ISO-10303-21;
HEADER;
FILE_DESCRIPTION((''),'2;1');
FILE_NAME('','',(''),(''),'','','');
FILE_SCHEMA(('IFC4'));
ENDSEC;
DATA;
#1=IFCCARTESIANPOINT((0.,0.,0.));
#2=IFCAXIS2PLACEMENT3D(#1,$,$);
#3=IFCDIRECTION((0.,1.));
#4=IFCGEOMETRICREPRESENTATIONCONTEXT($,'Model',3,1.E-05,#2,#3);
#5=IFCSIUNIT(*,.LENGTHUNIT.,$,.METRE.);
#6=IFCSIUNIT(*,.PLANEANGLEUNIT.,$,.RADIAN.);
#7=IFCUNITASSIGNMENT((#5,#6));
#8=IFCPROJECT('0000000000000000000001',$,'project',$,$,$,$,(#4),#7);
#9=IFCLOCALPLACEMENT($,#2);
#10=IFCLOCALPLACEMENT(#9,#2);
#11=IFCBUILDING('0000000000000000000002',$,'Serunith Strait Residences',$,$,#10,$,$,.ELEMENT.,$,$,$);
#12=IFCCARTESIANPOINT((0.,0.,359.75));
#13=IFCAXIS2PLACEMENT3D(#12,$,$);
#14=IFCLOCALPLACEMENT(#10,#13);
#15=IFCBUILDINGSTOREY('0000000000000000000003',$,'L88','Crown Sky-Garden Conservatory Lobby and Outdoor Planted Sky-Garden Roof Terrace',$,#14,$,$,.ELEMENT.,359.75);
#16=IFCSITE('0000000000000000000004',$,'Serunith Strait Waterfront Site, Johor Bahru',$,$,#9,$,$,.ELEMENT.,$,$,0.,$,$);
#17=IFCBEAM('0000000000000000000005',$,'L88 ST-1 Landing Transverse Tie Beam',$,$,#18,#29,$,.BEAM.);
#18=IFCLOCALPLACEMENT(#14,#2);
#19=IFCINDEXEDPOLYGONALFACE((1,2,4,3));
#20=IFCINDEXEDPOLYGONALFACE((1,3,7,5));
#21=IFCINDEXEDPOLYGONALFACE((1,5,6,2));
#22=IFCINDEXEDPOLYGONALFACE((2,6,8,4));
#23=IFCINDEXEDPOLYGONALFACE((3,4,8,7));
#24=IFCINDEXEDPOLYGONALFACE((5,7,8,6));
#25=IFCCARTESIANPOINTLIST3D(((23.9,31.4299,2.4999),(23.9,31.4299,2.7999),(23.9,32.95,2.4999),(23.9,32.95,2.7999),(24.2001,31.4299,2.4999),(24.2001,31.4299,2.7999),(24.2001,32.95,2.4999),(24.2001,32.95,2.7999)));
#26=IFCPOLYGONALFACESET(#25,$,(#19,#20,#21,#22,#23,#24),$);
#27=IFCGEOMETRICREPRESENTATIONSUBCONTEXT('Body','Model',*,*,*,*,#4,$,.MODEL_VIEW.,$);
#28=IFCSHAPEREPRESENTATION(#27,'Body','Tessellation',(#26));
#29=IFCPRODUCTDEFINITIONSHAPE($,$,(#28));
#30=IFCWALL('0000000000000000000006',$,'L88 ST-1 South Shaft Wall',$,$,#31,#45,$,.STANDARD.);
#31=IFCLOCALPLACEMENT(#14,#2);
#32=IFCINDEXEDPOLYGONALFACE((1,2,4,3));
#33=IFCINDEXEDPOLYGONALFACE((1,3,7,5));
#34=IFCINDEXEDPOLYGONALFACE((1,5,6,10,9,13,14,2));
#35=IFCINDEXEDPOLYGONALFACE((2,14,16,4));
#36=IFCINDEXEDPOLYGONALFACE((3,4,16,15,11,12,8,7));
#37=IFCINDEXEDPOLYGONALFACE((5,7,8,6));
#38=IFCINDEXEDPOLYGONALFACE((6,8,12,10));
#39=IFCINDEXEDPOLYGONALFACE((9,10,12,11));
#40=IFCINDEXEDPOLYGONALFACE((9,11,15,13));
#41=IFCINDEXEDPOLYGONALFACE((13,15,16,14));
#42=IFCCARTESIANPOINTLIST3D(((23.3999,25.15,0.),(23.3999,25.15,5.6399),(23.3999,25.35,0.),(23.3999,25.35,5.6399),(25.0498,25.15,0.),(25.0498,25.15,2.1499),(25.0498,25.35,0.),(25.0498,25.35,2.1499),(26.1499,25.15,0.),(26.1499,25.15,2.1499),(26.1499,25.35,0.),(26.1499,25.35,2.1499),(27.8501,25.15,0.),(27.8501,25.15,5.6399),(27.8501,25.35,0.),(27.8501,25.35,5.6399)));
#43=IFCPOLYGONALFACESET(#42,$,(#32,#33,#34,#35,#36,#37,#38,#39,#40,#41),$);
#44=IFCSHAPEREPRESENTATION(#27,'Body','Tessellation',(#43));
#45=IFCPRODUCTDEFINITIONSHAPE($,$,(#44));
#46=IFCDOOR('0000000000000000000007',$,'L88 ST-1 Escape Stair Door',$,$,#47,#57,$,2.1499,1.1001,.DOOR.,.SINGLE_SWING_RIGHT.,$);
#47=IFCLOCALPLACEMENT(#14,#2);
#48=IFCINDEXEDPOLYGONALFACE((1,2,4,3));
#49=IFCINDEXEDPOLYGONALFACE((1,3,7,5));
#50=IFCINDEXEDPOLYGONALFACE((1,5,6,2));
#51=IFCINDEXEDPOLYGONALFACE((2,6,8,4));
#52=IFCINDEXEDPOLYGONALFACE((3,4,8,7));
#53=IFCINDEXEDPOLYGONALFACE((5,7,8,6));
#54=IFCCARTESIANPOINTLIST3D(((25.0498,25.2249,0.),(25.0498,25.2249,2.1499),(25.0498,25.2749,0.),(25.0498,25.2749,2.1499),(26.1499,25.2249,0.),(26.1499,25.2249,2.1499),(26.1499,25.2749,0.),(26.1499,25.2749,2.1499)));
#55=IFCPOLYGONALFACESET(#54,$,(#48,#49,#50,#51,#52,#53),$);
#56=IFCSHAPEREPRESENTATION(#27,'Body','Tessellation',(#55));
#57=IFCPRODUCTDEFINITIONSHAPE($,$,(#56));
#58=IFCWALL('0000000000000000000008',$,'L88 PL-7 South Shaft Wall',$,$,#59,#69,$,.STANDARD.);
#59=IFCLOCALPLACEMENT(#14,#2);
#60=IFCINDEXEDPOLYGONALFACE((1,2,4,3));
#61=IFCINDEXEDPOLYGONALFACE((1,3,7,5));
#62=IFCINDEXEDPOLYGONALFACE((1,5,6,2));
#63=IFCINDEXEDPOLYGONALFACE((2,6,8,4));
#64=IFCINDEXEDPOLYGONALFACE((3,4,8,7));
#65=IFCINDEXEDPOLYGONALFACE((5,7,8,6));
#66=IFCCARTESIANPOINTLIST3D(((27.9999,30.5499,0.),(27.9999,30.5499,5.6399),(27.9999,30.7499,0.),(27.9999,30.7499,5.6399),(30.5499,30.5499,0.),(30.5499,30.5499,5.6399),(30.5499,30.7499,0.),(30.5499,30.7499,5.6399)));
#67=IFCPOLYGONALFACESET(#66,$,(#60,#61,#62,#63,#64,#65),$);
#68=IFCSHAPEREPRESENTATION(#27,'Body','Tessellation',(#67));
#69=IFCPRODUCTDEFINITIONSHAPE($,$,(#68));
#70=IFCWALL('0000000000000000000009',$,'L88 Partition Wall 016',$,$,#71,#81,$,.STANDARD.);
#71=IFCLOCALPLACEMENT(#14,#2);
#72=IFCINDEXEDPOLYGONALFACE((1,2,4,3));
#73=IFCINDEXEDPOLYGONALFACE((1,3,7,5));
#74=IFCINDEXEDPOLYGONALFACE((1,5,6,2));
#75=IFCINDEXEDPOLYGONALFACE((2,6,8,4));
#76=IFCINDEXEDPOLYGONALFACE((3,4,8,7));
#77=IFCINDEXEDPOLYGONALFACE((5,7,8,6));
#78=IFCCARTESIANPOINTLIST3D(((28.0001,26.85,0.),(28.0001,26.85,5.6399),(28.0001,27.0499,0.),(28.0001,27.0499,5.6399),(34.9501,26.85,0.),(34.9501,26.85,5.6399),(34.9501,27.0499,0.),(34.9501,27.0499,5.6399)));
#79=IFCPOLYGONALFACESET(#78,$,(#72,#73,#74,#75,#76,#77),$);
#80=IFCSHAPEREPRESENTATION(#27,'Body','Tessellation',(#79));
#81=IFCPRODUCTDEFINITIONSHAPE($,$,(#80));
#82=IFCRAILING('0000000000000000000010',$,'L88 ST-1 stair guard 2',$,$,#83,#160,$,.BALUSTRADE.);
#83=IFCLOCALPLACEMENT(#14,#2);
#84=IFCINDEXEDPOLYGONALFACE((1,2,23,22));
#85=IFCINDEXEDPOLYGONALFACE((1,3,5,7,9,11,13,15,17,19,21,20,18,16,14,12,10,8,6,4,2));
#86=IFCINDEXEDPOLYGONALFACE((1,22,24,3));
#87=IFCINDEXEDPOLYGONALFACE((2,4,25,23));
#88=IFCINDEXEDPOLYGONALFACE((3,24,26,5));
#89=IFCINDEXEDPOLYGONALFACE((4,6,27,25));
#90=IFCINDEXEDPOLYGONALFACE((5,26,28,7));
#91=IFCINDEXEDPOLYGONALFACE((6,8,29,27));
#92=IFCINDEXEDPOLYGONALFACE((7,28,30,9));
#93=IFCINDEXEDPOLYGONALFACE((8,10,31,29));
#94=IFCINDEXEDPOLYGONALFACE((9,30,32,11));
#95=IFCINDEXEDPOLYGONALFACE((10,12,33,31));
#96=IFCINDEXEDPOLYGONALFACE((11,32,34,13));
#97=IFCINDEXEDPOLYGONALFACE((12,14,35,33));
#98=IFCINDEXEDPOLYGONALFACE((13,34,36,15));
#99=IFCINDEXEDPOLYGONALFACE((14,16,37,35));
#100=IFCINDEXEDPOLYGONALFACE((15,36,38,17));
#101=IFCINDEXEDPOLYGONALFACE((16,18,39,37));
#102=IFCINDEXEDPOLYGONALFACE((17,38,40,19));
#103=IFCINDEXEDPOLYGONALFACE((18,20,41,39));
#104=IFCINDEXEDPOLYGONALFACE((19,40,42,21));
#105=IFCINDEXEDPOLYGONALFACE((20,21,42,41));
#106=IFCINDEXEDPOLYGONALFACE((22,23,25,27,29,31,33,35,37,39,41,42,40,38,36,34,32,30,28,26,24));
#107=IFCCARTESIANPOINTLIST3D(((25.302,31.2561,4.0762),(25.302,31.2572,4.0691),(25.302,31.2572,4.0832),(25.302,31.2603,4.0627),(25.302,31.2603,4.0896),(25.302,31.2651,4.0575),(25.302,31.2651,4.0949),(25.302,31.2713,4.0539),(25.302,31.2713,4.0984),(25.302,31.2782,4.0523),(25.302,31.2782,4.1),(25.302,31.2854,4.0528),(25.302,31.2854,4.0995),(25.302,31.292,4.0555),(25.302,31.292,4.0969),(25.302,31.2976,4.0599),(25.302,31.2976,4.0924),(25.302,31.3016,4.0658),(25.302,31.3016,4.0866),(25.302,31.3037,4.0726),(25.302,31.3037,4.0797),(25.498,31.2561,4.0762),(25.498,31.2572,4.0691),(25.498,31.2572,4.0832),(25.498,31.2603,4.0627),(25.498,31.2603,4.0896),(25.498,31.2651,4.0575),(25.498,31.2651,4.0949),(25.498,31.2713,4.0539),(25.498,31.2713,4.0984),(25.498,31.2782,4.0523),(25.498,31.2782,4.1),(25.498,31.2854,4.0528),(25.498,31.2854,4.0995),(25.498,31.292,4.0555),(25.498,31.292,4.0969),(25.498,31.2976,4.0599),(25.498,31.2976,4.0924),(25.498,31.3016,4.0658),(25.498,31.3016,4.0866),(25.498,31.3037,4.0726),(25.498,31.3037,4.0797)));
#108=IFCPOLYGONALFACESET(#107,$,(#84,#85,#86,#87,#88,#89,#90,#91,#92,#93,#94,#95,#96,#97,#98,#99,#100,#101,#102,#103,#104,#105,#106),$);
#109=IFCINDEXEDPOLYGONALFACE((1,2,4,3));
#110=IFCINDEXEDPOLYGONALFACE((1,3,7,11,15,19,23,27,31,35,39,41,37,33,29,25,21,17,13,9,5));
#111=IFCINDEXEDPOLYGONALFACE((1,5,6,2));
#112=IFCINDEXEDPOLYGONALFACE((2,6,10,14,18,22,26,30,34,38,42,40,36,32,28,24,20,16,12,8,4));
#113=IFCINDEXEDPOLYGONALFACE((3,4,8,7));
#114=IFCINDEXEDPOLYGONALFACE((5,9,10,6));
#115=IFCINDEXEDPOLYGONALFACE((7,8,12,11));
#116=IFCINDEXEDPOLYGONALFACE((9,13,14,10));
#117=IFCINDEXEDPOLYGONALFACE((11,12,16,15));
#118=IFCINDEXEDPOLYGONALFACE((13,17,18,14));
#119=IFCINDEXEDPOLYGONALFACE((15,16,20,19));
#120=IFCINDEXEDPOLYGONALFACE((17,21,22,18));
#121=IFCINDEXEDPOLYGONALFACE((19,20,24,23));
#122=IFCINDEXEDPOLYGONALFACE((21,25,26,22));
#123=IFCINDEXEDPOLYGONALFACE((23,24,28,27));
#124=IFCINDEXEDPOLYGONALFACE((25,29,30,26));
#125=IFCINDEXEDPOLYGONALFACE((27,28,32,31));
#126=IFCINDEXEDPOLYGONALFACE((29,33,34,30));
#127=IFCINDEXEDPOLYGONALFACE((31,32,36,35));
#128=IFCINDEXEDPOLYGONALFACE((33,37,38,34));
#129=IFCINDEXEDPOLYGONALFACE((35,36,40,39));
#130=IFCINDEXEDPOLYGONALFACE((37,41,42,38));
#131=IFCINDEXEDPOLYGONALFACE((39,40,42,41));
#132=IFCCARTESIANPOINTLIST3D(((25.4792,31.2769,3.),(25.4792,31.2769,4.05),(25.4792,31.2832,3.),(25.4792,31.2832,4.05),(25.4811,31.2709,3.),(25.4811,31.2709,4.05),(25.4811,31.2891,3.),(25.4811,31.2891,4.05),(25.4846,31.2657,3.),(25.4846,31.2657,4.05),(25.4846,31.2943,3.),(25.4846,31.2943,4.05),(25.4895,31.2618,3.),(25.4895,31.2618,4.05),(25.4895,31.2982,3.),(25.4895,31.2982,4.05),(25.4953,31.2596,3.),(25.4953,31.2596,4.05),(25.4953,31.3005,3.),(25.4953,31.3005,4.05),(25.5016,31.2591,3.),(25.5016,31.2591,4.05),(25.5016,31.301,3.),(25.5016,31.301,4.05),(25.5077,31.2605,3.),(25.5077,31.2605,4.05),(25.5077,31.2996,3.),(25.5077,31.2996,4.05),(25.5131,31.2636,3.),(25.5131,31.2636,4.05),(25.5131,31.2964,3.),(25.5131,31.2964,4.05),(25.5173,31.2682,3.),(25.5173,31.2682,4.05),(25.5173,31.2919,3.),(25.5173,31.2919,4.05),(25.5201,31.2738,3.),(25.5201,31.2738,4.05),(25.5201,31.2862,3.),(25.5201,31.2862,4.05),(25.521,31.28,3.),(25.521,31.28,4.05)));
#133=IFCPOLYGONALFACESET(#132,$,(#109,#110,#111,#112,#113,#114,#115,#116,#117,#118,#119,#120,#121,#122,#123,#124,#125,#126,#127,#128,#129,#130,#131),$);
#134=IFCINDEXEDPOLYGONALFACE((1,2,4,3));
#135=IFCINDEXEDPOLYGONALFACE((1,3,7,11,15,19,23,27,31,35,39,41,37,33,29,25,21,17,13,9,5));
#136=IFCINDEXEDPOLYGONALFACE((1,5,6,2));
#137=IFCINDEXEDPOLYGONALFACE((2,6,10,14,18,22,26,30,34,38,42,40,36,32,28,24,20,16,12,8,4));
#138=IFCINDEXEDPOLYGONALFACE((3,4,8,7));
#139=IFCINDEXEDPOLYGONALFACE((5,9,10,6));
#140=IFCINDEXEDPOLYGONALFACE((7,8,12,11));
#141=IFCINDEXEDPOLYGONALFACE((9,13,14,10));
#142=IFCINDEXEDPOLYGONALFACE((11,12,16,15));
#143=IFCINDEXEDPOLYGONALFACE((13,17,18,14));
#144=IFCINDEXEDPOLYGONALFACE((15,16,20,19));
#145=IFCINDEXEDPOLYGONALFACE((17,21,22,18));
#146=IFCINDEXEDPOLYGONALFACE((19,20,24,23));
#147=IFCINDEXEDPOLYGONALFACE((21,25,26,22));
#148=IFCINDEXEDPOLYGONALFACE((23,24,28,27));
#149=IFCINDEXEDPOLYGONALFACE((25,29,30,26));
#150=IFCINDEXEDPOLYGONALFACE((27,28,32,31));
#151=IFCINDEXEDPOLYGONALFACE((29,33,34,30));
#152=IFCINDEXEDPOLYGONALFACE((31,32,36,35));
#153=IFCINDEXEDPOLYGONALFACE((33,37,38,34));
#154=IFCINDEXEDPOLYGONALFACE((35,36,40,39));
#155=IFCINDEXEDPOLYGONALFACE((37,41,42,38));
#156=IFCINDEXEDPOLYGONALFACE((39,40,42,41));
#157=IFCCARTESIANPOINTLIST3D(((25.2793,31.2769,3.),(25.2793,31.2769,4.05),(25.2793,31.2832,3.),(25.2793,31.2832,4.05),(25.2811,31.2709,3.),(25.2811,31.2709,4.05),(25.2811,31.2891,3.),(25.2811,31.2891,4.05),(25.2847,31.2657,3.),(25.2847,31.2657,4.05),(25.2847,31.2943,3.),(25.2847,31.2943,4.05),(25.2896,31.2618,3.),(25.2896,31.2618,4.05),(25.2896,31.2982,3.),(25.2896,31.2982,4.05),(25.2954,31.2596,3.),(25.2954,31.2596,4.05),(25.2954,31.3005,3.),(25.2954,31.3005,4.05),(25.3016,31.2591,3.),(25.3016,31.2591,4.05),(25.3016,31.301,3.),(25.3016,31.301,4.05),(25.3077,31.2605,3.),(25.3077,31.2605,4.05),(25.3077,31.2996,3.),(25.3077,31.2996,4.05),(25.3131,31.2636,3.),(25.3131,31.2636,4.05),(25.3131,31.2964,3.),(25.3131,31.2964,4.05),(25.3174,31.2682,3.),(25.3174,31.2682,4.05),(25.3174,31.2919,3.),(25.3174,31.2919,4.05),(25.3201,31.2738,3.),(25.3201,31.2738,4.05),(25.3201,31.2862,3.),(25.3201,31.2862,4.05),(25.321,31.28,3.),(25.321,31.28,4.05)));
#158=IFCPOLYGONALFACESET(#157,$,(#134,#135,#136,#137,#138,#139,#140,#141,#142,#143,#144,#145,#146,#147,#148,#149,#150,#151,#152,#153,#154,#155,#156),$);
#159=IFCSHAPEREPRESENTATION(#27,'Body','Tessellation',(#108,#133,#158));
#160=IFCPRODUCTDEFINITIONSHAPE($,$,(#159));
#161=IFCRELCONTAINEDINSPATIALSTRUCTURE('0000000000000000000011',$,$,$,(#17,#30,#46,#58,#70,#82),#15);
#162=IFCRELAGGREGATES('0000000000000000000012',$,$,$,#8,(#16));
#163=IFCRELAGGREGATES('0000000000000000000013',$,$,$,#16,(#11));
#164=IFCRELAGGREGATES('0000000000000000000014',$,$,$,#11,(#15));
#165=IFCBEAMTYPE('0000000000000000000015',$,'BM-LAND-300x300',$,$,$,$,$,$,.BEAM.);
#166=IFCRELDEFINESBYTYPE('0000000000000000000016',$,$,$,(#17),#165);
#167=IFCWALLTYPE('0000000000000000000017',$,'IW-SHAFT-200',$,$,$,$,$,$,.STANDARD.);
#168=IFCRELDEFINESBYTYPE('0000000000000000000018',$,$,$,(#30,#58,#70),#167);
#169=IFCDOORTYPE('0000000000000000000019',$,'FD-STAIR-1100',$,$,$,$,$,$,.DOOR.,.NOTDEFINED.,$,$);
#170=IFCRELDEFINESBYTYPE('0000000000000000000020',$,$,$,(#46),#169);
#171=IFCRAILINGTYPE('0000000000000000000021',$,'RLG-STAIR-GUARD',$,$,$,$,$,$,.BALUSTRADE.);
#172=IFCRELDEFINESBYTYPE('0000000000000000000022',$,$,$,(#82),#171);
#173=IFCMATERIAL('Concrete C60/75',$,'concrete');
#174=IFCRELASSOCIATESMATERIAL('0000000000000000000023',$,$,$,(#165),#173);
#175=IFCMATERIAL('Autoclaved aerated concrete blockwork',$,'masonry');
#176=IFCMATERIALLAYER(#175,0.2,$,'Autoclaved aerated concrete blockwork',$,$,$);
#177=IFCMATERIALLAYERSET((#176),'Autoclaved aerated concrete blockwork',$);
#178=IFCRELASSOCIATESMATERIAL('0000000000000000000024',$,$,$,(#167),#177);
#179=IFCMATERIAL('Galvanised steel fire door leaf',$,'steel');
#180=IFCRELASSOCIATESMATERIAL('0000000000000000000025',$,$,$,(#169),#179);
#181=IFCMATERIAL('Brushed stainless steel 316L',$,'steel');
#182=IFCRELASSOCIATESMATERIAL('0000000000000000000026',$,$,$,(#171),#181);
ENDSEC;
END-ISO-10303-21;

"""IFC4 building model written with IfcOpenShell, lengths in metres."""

from ifc_helpers import new_model, si_unit, direction, frame, frame_2d, origin, origin_2d, place, context, subcontext, project, spatial, rectangle, circle, extrude, source, transform, mapped, material, layer, layer_set, material_profile, profile_set, type_object, element, fill, save


model = new_model("IFC4")

# Units and contexts
model_context = context("Model", 3, precision=1e-05, world=origin(), true_north=direction((0.0, 1.0)))
body_context = subcontext(model_context, "Body", "Model", "MODEL_VIEW")
ifc_project = project(units=[si_unit("LENGTHUNIT", "METRE"), si_unit("PLANEANGLEUNIT", "RADIAN")], contexts=[model_context])

# Site, building, storey
site_placement = place(None, origin())
site = spatial("IfcSite", under=ifc_project, at=site_placement, Name="Serunith Strait Waterfront Site, Johor Bahru", CompositionType="ELEMENT", RefElevation=0.0)
building_placement = place(site_placement, origin())
building = spatial("IfcBuilding", under=site, at=building_placement, Name="Serunith Strait Residences", CompositionType="ELEMENT")
storey_placement = place(building_placement, frame((0.0, 0.0, 359.75)))
storey = spatial("IfcBuildingStorey", under=building, at=storey_placement, Name="L88", Description="Crown Sky-Garden Conservatory Lobby and Outdoor Planted Sky-Garden Roof Terrace", CompositionType="ELEMENT", Elevation=359.75)

# Shared definitions
ifc_material_1 = material(Name="Concrete C60/75", Category="concrete")

# Beam
ifc_material_profile_1 = material_profile(ifc_material_1, rectangle(XDim=0.3, YDim=0.3, at=origin_2d()), Name="RC 300x300")
ifc_profile_set_1 = profile_set([ifc_material_profile_1], Name="Concrete C60/75")
beam_type_1 = type_object("IfcBeamType", Name="BM-LAND-300x300", PredefinedType="BEAM", material=ifc_profile_set_1)
shared_shape_1 = source(origin(), body_context, "Body", "SweptSolid", [
    extrude(rectangle(XDim=0.3, YDim=0.3, at=origin_2d()), origin(), (0.0, 0.0, 1.0), 1.52),
])
beam_1_placement = place(storey_placement, frame((24.05, 31.4299, 2.6499), z_axis=(0.0, 1.0, 0.0), x_axis=(-1.0, 0.0, 0.0)))
element("IfcBeam", 1, at=beam_1_placement, inside=storey, type_object=beam_type_1, Name="L88 ST-1 Landing Transverse Tie Beam", PredefinedType="BEAM", context=body_context, shape_type="MappedRepresentation", body=[
    mapped(shared_shape_1, transform((0.0, 0.0, 0.0), scale=1.0)),
])

# Wall, opening, door
ifc_material_2 = material(Name="Autoclaved aerated concrete blockwork", Category="masonry")
ifc_layer = layer(ifc_material_2, 0.2, Name="Autoclaved aerated concrete blockwork")
ifc_layer_set = layer_set([ifc_layer], Name="Autoclaved aerated concrete blockwork")
wall_type = type_object("IfcWallType", Name="IW-SHAFT-200", PredefinedType="STANDARD", material=ifc_layer_set)
wall_1_placement = place(storey_placement, frame((23.3999, 25.25, 0.0), z_axis=(0.0, 0.0, 1.0), x_axis=(1.0, 0.0, 0.0)))
wall_1 = element("IfcWall", 2, at=wall_1_placement, inside=storey, type_object=wall_type, Name="L88 ST-1 South Shaft Wall", PredefinedType="STANDARD", context=body_context, shape_type="SweptSolid", body=[
    extrude(rectangle(XDim=4.4502, YDim=0.2, at=frame_2d((2.2251, 0.0))), origin(), (0.0, 0.0, 1.0), 5.6399),
])
opening_placement = place(wall_1_placement, frame((1.6499, 0.0, 0.0)))
opening = element("IfcOpeningElement", 3, at=opening_placement, cuts=wall_1, PredefinedType="OPENING", context=body_context, shape_type="SweptSolid", body=[
    extrude(rectangle(XDim=1.1001, YDim=2.1499, at=frame_2d((0.55, 1.075))), frame((0.0, 0.1099, 0.0), z_axis=(0.0, -1.0, 0.0), x_axis=(1.0, 0.0, 0.0)), (0.0, 0.0, 1.0), 0.22),
])
ifc_material_3 = material(Name="Galvanised steel fire door leaf", Category="steel")
door_type = type_object("IfcDoorType", Name="FD-STAIR-1100", OperationType="NOTDEFINED", PredefinedType="DOOR", material=ifc_material_3)
shared_shape_2 = source(origin(), body_context, "Body", "SweptSolid", [
    extrude(rectangle(XDim=1.1001, YDim=2.1499, at=frame_2d((0.55, 1.075))), frame((0.0, 0.0249, 0.0), z_axis=(0.0, -1.0, 0.0), x_axis=(1.0, 0.0, 0.0)), (0.0, 0.0, 1.0), 0.05),
])
door_placement = place(opening_placement, origin())
door = element("IfcDoor", 4, at=door_placement, inside=storey, type_object=door_type, Name="L88 ST-1 Escape Stair Door", OperationType="SINGLE_SWING_RIGHT", OverallHeight=2.1499, OverallWidth=1.1001, PredefinedType="DOOR", context=body_context, shape_type="MappedRepresentation", body=[
    mapped(shared_shape_2, transform((0.0, 0.0, 0.0), scale=1.0)),
])
fill(opening, door)

# Walls
wall_2_placement = place(storey_placement, frame((28.0, 30.6499, 0.0), z_axis=(0.0, 0.0, 1.0), x_axis=(1.0, 0.0, 0.0)))
element("IfcWall", 5, at=wall_2_placement, inside=storey, type_object=wall_type, Name="L88 PL-7 South Shaft Wall", PredefinedType="STANDARD", context=body_context, shape_type="SweptSolid", body=[
    extrude(rectangle(XDim=2.55, YDim=0.2, at=frame_2d((1.2749, 0.0))), origin(), (0.0, 0.0, 1.0), 5.6399),
])
wall_3_placement = place(storey_placement, frame((28.0, 26.95, 0.0), z_axis=(0.0, 0.0, 1.0), x_axis=(1.0, 0.0, 0.0)))
element("IfcWall", 6, at=wall_3_placement, inside=storey, type_object=wall_type, Name="L88 Partition Wall 016", PredefinedType="STANDARD", context=body_context, shape_type="SweptSolid", body=[
    extrude(rectangle(XDim=6.95, YDim=0.2, at=frame_2d((3.4751, 0.0))), origin(), (0.0, 0.0, 1.0), 5.6399),
])

# Railing
ifc_material_4 = material(Name="Brushed stainless steel 316L", Category="steel")
railing_type_1 = type_object("IfcRailingType", Name="RLG-STAIR-GUARD", PredefinedType="BALUSTRADE", material=ifc_material_4)
railing_1_placement = place(storey_placement, frame((25.5, 31.28, 3.0)))
element("IfcRailing", 7, at=railing_1_placement, inside=storey, type_object=railing_type_1, Name="L88 ST-1 stair guard 2", PredefinedType="BALUSTRADE", context=body_context, shape_type="SweptSolid", body=[
    extrude(circle(Radius=0.0239, at=origin_2d()), frame((-0.002, 0.0, 1.0762), z_axis=(-1.0, 0.0, 0.0), x_axis=(0.0, -1.0, 0.0)), (0.0, 0.0, 1.0), 0.196),
    extrude(circle(Radius=0.021, at=origin_2d()), origin(), (0.0, 0.0, 1.0), 1.05),
    extrude(circle(Radius=0.021, at=origin_2d()), frame((-0.2, 0.0, 0.0)), (0.0, 0.0, 1.0), 1.05),
])

save(model, "model.ifc")
